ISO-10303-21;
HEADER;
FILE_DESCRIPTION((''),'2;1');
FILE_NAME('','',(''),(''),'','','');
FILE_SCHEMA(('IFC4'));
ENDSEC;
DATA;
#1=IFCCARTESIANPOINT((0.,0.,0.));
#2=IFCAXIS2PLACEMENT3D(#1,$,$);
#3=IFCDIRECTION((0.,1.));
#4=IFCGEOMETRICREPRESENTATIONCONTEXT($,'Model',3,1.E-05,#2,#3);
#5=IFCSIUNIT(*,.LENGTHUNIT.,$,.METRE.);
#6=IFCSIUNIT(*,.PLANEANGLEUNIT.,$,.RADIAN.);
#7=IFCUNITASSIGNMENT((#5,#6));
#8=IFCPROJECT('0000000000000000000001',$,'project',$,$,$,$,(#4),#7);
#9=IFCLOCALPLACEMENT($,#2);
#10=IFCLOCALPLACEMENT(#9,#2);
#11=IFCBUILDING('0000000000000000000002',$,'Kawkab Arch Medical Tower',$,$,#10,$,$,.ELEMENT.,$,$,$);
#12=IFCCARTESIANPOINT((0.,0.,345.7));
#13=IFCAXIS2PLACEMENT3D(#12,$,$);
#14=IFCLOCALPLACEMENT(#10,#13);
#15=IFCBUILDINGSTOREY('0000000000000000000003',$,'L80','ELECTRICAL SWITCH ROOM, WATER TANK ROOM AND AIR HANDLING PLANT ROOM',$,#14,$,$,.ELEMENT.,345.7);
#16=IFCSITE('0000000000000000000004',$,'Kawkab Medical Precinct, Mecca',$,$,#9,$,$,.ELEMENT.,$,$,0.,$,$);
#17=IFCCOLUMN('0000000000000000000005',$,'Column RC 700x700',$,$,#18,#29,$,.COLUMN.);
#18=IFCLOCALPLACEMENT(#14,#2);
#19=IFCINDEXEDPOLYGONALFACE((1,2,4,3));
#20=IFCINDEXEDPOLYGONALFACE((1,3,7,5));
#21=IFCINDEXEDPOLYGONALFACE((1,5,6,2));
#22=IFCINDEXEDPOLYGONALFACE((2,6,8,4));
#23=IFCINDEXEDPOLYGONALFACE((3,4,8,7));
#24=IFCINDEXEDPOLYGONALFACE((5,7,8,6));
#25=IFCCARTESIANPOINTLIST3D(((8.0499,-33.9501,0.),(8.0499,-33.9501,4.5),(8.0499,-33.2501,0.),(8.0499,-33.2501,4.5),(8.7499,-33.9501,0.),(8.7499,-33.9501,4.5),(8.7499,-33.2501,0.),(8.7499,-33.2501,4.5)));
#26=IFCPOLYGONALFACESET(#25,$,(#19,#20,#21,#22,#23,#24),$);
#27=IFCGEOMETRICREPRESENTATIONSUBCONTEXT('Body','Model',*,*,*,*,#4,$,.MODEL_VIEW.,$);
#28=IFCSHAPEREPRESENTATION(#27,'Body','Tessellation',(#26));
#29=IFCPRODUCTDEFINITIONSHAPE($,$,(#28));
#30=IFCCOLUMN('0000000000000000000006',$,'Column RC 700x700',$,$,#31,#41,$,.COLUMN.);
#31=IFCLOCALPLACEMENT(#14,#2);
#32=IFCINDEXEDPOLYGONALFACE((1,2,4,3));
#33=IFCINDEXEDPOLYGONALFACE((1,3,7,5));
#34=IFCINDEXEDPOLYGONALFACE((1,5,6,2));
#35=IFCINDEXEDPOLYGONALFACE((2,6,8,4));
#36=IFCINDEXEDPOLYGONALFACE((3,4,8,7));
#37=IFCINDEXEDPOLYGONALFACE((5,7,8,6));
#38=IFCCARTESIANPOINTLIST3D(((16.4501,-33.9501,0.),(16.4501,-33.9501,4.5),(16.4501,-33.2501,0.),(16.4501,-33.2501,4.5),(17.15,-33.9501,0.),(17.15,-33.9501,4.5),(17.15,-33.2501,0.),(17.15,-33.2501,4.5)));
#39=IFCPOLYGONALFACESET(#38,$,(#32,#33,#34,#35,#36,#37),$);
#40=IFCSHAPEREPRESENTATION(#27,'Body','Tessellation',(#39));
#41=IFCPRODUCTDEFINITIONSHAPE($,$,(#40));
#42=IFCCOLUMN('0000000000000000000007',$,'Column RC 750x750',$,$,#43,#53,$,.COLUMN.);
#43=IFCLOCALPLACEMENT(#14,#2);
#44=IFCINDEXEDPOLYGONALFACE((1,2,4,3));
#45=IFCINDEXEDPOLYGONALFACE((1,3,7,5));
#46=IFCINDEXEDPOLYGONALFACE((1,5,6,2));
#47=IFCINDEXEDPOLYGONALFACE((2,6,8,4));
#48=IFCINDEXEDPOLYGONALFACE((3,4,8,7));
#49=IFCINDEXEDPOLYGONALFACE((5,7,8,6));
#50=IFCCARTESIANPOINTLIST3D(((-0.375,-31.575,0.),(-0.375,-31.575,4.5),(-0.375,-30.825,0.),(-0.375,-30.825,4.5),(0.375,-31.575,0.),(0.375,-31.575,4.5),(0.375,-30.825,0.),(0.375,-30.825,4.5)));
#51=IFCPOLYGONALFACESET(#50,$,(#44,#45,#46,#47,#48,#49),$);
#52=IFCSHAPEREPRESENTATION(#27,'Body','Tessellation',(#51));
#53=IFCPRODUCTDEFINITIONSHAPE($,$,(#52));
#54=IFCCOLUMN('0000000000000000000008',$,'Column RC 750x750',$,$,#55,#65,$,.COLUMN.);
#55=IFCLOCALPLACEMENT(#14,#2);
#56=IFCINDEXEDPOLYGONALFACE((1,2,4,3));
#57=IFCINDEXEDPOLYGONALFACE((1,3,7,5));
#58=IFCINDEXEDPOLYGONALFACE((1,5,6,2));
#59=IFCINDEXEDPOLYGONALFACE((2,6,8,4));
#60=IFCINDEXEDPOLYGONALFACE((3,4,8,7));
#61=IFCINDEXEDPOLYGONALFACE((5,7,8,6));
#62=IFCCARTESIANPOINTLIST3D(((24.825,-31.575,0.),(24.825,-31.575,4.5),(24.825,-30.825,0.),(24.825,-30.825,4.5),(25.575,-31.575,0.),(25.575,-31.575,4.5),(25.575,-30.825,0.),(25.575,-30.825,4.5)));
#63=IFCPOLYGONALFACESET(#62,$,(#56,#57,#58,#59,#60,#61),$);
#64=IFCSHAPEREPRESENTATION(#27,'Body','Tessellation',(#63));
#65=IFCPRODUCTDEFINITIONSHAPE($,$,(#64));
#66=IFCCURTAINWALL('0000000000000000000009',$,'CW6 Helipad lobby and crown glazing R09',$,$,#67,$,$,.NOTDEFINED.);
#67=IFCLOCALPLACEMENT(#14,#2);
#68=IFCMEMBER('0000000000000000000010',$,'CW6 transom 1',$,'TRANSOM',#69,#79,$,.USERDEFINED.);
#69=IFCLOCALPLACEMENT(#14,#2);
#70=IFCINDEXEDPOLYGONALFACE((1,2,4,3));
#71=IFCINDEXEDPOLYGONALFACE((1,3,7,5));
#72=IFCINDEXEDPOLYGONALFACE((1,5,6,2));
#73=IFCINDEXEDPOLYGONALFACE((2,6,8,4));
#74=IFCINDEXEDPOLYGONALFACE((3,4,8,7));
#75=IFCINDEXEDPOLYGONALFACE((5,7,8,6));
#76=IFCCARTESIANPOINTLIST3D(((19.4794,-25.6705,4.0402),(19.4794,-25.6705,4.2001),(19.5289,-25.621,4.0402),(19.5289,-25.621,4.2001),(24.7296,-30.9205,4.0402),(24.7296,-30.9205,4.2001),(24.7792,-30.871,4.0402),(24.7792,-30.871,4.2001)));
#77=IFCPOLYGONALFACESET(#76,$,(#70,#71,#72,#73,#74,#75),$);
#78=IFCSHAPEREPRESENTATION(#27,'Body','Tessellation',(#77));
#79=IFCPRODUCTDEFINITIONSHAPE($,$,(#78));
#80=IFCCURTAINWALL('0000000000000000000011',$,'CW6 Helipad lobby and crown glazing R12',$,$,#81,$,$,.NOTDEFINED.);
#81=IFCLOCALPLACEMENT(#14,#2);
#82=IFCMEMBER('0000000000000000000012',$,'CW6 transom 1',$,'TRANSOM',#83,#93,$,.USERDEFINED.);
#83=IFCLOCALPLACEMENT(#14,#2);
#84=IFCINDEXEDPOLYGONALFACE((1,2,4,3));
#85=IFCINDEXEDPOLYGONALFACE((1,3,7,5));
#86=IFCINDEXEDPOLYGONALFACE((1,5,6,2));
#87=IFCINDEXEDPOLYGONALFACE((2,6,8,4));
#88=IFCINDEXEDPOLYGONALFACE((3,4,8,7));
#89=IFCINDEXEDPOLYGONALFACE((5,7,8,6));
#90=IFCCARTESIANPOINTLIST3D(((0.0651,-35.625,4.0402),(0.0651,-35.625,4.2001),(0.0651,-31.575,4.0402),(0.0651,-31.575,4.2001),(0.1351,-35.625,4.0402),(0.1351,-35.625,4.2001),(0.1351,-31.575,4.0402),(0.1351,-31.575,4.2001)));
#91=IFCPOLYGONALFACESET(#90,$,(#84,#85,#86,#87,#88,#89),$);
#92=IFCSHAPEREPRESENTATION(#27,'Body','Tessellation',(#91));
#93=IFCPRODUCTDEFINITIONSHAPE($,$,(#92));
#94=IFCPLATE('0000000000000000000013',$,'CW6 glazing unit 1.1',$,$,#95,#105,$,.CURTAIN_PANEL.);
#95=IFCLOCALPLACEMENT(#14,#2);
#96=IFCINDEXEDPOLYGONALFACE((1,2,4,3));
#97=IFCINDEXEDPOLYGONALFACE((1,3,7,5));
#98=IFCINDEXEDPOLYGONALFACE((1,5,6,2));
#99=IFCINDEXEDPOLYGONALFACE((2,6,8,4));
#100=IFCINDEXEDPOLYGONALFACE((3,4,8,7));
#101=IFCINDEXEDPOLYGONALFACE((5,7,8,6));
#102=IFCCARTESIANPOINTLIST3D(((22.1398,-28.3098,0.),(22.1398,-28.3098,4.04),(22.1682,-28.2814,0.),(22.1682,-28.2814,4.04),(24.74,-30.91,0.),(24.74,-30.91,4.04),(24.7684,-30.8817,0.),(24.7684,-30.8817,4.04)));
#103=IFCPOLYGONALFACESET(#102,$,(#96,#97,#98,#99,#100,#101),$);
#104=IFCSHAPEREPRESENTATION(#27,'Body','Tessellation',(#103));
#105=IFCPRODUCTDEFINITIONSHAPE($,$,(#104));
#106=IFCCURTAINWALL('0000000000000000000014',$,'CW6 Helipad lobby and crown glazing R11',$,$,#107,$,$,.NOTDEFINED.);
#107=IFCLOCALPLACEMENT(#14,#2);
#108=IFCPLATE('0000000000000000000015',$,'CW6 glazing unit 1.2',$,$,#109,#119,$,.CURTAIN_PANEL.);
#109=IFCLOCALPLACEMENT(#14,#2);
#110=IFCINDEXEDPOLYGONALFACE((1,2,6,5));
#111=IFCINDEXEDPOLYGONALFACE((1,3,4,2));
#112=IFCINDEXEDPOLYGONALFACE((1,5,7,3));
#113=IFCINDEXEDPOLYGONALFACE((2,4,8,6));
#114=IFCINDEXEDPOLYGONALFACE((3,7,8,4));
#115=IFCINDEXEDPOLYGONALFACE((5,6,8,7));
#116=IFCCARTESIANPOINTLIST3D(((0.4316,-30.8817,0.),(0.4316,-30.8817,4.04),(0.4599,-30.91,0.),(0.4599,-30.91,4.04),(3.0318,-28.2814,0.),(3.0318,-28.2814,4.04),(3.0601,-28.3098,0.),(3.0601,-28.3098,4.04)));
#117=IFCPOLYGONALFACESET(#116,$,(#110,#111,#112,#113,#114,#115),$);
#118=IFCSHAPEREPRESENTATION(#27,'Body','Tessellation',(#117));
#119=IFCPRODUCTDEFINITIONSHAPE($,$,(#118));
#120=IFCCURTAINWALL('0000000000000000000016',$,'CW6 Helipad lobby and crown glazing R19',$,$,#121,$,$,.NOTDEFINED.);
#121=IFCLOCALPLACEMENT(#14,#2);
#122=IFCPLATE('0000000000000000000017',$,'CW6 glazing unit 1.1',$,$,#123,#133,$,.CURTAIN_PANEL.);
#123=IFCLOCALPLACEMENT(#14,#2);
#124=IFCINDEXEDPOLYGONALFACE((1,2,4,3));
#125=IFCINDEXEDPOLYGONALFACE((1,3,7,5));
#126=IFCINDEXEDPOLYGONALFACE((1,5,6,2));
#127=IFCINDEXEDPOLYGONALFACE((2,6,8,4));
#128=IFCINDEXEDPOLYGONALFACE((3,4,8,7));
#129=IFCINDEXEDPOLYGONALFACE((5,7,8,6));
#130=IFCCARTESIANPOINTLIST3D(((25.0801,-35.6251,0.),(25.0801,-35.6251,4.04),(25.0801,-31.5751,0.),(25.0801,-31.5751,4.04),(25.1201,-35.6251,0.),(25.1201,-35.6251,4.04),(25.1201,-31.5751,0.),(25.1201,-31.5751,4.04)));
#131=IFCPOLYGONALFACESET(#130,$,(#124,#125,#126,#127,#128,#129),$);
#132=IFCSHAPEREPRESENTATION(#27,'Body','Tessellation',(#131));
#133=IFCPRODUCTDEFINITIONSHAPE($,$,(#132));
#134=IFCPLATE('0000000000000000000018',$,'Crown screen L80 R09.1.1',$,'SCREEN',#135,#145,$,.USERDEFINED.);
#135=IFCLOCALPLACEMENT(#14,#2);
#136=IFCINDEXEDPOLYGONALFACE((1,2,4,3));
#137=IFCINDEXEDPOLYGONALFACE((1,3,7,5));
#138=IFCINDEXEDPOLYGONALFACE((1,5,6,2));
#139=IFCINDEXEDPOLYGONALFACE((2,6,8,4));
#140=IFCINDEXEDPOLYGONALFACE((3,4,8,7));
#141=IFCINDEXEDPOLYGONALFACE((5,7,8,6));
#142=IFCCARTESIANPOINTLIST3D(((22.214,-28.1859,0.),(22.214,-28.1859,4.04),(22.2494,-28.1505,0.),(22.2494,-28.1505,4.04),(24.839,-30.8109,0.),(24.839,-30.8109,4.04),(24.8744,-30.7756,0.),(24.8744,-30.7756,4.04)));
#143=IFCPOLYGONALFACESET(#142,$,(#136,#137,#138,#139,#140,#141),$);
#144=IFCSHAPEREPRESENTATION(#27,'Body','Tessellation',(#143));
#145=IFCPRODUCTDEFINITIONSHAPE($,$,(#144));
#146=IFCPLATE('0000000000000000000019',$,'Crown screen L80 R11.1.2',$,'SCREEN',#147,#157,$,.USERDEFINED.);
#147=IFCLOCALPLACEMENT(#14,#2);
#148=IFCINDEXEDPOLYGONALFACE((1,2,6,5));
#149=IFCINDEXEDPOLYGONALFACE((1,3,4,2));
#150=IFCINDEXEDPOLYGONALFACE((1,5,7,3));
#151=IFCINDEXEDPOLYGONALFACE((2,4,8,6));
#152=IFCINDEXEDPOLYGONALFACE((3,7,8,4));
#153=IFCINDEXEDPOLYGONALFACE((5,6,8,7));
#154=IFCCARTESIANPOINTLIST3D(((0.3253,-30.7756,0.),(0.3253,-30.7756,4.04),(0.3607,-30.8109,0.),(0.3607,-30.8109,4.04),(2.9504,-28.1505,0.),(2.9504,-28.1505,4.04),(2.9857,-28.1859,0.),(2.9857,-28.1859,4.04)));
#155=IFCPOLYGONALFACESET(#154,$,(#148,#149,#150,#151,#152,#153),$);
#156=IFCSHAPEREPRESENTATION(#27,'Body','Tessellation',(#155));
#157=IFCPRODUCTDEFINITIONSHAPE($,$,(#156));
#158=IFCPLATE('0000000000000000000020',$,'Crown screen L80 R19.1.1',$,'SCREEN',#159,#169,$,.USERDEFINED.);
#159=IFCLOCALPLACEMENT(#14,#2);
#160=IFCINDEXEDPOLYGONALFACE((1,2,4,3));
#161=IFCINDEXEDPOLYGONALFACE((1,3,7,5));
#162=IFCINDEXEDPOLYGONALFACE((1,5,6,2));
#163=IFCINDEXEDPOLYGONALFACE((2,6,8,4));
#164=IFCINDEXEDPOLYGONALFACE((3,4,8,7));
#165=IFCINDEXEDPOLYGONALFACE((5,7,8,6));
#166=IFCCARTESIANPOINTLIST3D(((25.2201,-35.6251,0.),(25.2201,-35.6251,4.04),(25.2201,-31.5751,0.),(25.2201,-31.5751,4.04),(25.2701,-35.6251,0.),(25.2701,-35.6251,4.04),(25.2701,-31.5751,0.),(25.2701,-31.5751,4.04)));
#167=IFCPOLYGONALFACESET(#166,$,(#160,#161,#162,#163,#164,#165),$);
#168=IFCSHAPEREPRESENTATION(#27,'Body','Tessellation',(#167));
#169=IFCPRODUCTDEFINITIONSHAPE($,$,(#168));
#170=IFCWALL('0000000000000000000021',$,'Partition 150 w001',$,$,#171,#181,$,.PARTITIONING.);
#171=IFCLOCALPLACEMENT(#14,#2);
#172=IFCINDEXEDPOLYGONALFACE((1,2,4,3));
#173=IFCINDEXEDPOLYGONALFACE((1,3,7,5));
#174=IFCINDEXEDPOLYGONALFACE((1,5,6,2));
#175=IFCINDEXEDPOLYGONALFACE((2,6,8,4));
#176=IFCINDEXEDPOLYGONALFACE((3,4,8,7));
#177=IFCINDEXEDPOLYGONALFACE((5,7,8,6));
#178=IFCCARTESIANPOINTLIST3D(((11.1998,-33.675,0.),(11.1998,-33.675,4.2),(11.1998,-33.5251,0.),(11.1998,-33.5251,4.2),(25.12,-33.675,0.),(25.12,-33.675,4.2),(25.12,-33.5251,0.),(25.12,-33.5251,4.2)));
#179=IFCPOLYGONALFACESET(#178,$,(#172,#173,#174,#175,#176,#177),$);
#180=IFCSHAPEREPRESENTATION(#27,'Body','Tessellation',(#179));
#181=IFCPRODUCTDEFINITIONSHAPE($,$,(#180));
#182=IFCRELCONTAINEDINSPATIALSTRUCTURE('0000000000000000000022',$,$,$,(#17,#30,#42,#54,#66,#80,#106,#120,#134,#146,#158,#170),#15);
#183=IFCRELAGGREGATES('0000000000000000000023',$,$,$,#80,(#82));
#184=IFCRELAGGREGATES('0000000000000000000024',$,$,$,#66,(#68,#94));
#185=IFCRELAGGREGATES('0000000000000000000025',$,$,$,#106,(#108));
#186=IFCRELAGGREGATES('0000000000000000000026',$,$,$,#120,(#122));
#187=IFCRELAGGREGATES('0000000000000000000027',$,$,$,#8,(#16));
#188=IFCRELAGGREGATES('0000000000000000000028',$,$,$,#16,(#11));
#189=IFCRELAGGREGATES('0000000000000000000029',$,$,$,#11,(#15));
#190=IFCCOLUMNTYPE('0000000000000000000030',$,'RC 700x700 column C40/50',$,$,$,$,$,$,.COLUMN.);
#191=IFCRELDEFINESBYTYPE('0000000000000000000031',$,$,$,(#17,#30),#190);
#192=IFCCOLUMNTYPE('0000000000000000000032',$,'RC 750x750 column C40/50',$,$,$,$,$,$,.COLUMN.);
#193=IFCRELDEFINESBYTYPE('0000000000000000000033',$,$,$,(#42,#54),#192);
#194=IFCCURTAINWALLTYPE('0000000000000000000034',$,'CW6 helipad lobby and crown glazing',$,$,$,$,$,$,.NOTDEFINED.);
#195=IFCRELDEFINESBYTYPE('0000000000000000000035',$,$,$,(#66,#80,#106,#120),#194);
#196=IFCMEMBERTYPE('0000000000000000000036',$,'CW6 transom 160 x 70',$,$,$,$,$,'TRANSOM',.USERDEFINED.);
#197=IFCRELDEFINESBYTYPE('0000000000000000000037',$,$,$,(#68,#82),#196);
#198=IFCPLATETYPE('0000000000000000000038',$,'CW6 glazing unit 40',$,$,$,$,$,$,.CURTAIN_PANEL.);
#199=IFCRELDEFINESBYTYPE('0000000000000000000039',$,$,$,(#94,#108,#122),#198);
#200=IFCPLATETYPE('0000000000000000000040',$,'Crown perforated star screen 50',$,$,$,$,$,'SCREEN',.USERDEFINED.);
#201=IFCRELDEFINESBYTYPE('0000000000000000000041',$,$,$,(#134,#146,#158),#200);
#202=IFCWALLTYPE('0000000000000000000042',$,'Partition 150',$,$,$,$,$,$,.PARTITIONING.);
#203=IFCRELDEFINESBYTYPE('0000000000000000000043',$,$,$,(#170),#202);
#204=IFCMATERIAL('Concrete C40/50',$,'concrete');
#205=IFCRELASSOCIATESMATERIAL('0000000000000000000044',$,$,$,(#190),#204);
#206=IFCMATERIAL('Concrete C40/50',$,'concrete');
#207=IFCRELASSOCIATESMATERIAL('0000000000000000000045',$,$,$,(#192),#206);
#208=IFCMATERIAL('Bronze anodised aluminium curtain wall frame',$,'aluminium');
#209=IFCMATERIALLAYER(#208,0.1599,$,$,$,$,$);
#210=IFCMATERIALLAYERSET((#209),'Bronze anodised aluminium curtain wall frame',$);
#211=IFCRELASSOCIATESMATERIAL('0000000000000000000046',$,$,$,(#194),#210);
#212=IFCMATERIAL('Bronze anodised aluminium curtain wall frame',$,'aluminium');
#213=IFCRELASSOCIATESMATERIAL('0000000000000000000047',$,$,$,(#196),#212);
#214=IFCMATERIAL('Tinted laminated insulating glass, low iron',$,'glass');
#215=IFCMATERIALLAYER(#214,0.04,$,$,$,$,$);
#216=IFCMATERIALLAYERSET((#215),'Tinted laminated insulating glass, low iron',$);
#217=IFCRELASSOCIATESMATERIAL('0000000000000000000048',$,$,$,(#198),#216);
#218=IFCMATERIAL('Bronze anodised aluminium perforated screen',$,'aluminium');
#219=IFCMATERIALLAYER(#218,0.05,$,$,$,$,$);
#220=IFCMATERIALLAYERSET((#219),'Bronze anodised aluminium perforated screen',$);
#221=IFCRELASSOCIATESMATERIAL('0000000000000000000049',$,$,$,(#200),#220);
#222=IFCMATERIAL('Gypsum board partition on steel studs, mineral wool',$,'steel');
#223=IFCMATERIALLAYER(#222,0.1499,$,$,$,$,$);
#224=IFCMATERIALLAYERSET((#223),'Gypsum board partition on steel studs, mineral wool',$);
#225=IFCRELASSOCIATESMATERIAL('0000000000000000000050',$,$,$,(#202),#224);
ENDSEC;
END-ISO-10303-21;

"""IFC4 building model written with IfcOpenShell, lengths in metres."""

from ifc_helpers import new_model, si_unit, direction, frame, frame_2d, origin, origin_2d, place, context, subcontext, project, spatial, rectangle, extrude, material, layer, layer_set, material_profile, profile_set, type_object, element, aggregate, save


model = new_model("IFC4")

# Units and contexts
model_context = context("Model", 3, precision=1e-05, world=origin(), true_north=direction((0.0, 1.0)))
body_context = subcontext(model_context, "Body", "Model", "MODEL_VIEW")
ifc_project = project(units=[si_unit("LENGTHUNIT", "METRE"), si_unit("PLANEANGLEUNIT", "RADIAN")], contexts=[model_context])

# Site, building, storey
site_placement = place(None, origin())
site = spatial("IfcSite", under=ifc_project, at=site_placement, Name="Kawkab Medical Precinct, Mecca", CompositionType="ELEMENT", RefElevation=0.0)
building_placement = place(site_placement, origin())
building = spatial("IfcBuilding", under=site, at=building_placement, Name="Kawkab Arch Medical Tower", CompositionType="ELEMENT")
storey_placement = place(building_placement, frame((0.0, 0.0, 345.7)))
storey = spatial("IfcBuildingStorey", under=building, at=storey_placement, Name="L80", Description="ELECTRICAL SWITCH ROOM, WATER TANK ROOM AND AIR HANDLING PLANT ROOM", CompositionType="ELEMENT", Elevation=345.7)

# Columns
ifc_material_1 = material(Name="Concrete C40/50", Category="concrete")
ifc_material_profile_1 = material_profile(ifc_material_1, rectangle(XDim=0.7, YDim=0.7, at=origin_2d()), Name="RC 700x700")
ifc_profile_set_1 = profile_set([ifc_material_profile_1], Name="Concrete C40/50")
column_type_1 = type_object("IfcColumnType", Name="RC 700x700 column C40/50", PredefinedType="COLUMN", material=ifc_profile_set_1)
for number, where, z_axis, x_axis, name in (
    (1, (8.3999, -33.6001, 0.0), (0.0, 0.0, 1.0), (1.0, 0.0, 0.0), "Column RC 700x700"),
    (2, (16.8, -33.6001, 0.0), (0.0, 0.0, 1.0), (1.0, 0.0, 0.0), "Column RC 700x700"),
):
    element("IfcColumn", number, at=place(storey_placement, frame(where, z_axis=z_axis, x_axis=x_axis)), inside=storey, type_object=column_type_1, Name=name, PredefinedType="COLUMN", context=body_context, shape_type="SweptSolid", body=[
        extrude(rectangle(XDim=0.7, YDim=0.7, at=origin_2d()), origin(), (0.0, 0.0, 1.0), 4.5),
    ])
ifc_material_2 = material(Name="Concrete C40/50", Category="concrete")
ifc_material_profile_2 = material_profile(ifc_material_2, rectangle(XDim=0.75, YDim=0.75, at=origin_2d()), Name="RC 750x750")
ifc_profile_set_2 = profile_set([ifc_material_profile_2], Name="Concrete C40/50")
column_type_2 = type_object("IfcColumnType", Name="RC 750x750 column C40/50", PredefinedType="COLUMN", material=ifc_profile_set_2)
for number, where, z_axis, x_axis, name in (
    (3, (0.0, -31.2, 0.0), (0.0, 0.0, 1.0), (1.0, 0.0, 0.0), "Column RC 750x750"),
    (4, (25.2, -31.2, 0.0), (0.0, 0.0, 1.0), (1.0, 0.0, 0.0), "Column RC 750x750"),
):
    element("IfcColumn", number, at=place(storey_placement, frame(where, z_axis=z_axis, x_axis=x_axis)), inside=storey, type_object=column_type_2, Name=name, PredefinedType="COLUMN", context=body_context, shape_type="SweptSolid", body=[
        extrude(rectangle(XDim=0.75, YDim=0.75, at=origin_2d()), origin(), (0.0, 0.0, 1.0), 4.5),
    ])

# Curtain walls, members
ifc_material_3 = material(Name="Bronze anodised aluminium curtain wall frame", Category="aluminium")
ifc_layer_1 = layer(ifc_material_3, 0.1599)
ifc_layer_set_1 = layer_set([ifc_layer_1], Name="Bronze anodised aluminium curtain wall frame")
curtain_wall_type = type_object("IfcCurtainWallType", Name="CW6 helipad lobby and crown glazing", PredefinedType="NOTDEFINED", material=ifc_layer_set_1)
placement = place(storey_placement, origin())
curtain_wall_1 = element("IfcCurtainWall", 5, at=placement, inside=storey, type_object=curtain_wall_type, Name="CW6 Helipad lobby and crown glazing R09", PredefinedType="NOTDEFINED")
ifc_material_4 = material(Name="Bronze anodised aluminium curtain wall frame", Category="aluminium")
ifc_material_profile_3 = material_profile(ifc_material_4, rectangle(XDim=0.0701, YDim=0.1599, at=origin_2d()), Name="AL 70x160")
ifc_profile_set_3 = profile_set([ifc_material_profile_3], Name="Bronze anodised aluminium curtain wall frame")
member_type = type_object("IfcMemberType", Name="CW6 transom 160 x 70", ElementType="TRANSOM", PredefinedType="USERDEFINED", material=ifc_profile_set_3)
member_1_placement = place(storey_placement, frame((24.7544, -30.8958, 4.1201), z_axis=(-0.707123, 0.70709, 0.0), x_axis=(-0.70709, -0.707123, 0.0)))
member_1 = element("IfcMember", 6, at=member_1_placement, type_object=member_type, Name="CW6 transom 1", ObjectType="TRANSOM", PredefinedType="USERDEFINED", context=body_context, shape_type="SweptSolid", body=[
    extrude(rectangle(XDim=0.0701, YDim=0.1599, at=origin_2d()), origin(), (0.0, 0.0, 1.0), 7.4248),
])
curtain_wall_2 = element("IfcCurtainWall", 7, at=placement, inside=storey, type_object=curtain_wall_type, Name="CW6 Helipad lobby and crown glazing R12", PredefinedType="NOTDEFINED")
member_2_placement = place(storey_placement, frame((0.1001, -31.575, 4.1201), z_axis=(0.0, -1.0, 0.0), x_axis=(1.0, 0.0, 0.0)))
member_2 = element("IfcMember", 8, at=member_2_placement, type_object=member_type, Name="CW6 transom 1", ObjectType="TRANSOM", PredefinedType="USERDEFINED", context=body_context, shape_type="SweptSolid", body=[
    extrude(rectangle(XDim=0.0701, YDim=0.1599, at=origin_2d()), origin(), (0.0, 0.0, 1.0), 4.05),
])
aggregate(curtain_wall_2, [member_2])

# Plate
ifc_material_5 = material(Name="Tinted laminated insulating glass, low iron", Category="glass")
ifc_layer_2 = layer(ifc_material_5, 0.04)
ifc_layer_set_2 = layer_set([ifc_layer_2], Name="Tinted laminated insulating glass, low iron")
plate_type_1 = type_object("IfcPlateType", Name="CW6 glazing unit 40", PredefinedType="CURTAIN_PANEL", material=ifc_layer_set_2)
plate_1_placement = place(storey_placement, frame((23.4541, -29.5957, 0.0), z_axis=(0.0, 0.0, 1.0), x_axis=(-0.707107, 0.707107, 0.0)))
plate_1 = element("IfcPlate", 9, at=plate_1_placement, type_object=plate_type_1, Name="CW6 glazing unit 1.1", PredefinedType="CURTAIN_PANEL", context=body_context, shape_type="SweptSolid", body=[
    extrude(rectangle(XDim=3.6772, YDim=0.04, at=origin_2d()), origin(), (0.0, 0.0, 1.0), 4.04),
])
aggregate(curtain_wall_1, [member_1, plate_1])

# Curtain walls, plates
curtain_wall_3 = element("IfcCurtainWall", 10, at=placement, inside=storey, type_object=curtain_wall_type, Name="CW6 Helipad lobby and crown glazing R11", PredefinedType="NOTDEFINED")
plate_2_placement = place(storey_placement, frame((1.7458, -29.5957, 0.0), z_axis=(0.0, 0.0, 1.0), x_axis=(-0.707107, -0.707107, 0.0)))
plate_2 = element("IfcPlate", 11, at=plate_2_placement, type_object=plate_type_1, Name="CW6 glazing unit 1.2", PredefinedType="CURTAIN_PANEL", context=body_context, shape_type="SweptSolid", body=[
    extrude(rectangle(XDim=3.6772, YDim=0.04, at=origin_2d()), origin(), (0.0, 0.0, 1.0), 4.04),
])
aggregate(curtain_wall_3, [plate_2])
curtain_wall_4 = element("IfcCurtainWall", 12, at=placement, inside=storey, type_object=curtain_wall_type, Name="CW6 Helipad lobby and crown glazing R19", PredefinedType="NOTDEFINED")
plate_3_placement = place(storey_placement, frame((25.1001, -33.6001, 0.0), z_axis=(0.0, 0.0, 1.0), x_axis=(0.0, 1.0, 0.0)))
plate_3 = element("IfcPlate", 13, at=plate_3_placement, type_object=plate_type_1, Name="CW6 glazing unit 1.1", PredefinedType="CURTAIN_PANEL", context=body_context, shape_type="SweptSolid", body=[
    extrude(rectangle(XDim=4.05, YDim=0.04, at=origin_2d()), origin(), (0.0, 0.0, 1.0), 4.04),
])
aggregate(curtain_wall_4, [plate_3])

# Plates
ifc_material_6 = material(Name="Bronze anodised aluminium perforated screen", Category="aluminium")
ifc_layer_3 = layer(ifc_material_6, 0.05)
ifc_layer_set_3 = layer_set([ifc_layer_3], Name="Bronze anodised aluminium perforated screen")
plate_type_2 = type_object("IfcPlateType", Name="Crown perforated star screen 50", ElementType="SCREEN", PredefinedType="USERDEFINED", material=ifc_layer_set_3)
for number, where, z_axis, x_axis, name in (
    (14, (23.5442, -29.4807, 0.0), (0.0, 0.0, 1.0), (-0.707107, 0.707107, 0.0), "Crown screen L80 R09.1.1"),
    (15, (1.6555, -29.4807, 0.0), (0.0, 0.0, 1.0), (-0.707107, -0.707107, 0.0), "Crown screen L80 R11.1.2"),
):
    element("IfcPlate", number, at=place(storey_placement, frame(where, z_axis=z_axis, x_axis=x_axis)), inside=storey, type_object=plate_type_2, Name=name, ObjectType="SCREEN", PredefinedType="USERDEFINED", context=body_context, shape_type="SweptSolid", body=[
        extrude(rectangle(XDim=3.7124, YDim=0.05, at=origin_2d()), origin(), (0.0, 0.0, 1.0), 4.04),
    ])
plate_4_placement = place(storey_placement, frame((25.2451, -33.6001, 0.0), z_axis=(0.0, 0.0, 1.0), x_axis=(0.0, 1.0, 0.0)))
element("IfcPlate", 16, at=plate_4_placement, inside=storey, type_object=plate_type_2, Name="Crown screen L80 R19.1.1", ObjectType="SCREEN", PredefinedType="USERDEFINED", context=body_context, shape_type="SweptSolid", body=[
    extrude(rectangle(XDim=4.05, YDim=0.05, at=origin_2d()), origin(), (0.0, 0.0, 1.0), 4.04),
])

# Wall
ifc_material_7 = material(Name="Gypsum board partition on steel studs, mineral wool", Category="steel")
ifc_layer_4 = layer(ifc_material_7, 0.1499)
ifc_layer_set_4 = layer_set([ifc_layer_4], Name="Gypsum board partition on steel studs, mineral wool")
wall_type_1 = type_object("IfcWallType", Name="Partition 150", PredefinedType="PARTITIONING", material=ifc_layer_set_4)
wall_1_placement = place(storey_placement, frame((11.2, -33.6001, 0.0), z_axis=(0.0, 0.0, 1.0), x_axis=(1.0, 0.0, 0.0)))
element("IfcWall", 17, at=wall_1_placement, inside=storey, type_object=wall_type_1, Name="Partition 150 w001", PredefinedType="PARTITIONING", context=body_context, shape_type="SweptSolid", body=[
    extrude(rectangle(XDim=13.9202, YDim=0.1499, at=frame_2d((6.96, 0.0))), origin(), (0.0, 0.0, 1.0), 4.2),
])

save(model, "model.ifc")
